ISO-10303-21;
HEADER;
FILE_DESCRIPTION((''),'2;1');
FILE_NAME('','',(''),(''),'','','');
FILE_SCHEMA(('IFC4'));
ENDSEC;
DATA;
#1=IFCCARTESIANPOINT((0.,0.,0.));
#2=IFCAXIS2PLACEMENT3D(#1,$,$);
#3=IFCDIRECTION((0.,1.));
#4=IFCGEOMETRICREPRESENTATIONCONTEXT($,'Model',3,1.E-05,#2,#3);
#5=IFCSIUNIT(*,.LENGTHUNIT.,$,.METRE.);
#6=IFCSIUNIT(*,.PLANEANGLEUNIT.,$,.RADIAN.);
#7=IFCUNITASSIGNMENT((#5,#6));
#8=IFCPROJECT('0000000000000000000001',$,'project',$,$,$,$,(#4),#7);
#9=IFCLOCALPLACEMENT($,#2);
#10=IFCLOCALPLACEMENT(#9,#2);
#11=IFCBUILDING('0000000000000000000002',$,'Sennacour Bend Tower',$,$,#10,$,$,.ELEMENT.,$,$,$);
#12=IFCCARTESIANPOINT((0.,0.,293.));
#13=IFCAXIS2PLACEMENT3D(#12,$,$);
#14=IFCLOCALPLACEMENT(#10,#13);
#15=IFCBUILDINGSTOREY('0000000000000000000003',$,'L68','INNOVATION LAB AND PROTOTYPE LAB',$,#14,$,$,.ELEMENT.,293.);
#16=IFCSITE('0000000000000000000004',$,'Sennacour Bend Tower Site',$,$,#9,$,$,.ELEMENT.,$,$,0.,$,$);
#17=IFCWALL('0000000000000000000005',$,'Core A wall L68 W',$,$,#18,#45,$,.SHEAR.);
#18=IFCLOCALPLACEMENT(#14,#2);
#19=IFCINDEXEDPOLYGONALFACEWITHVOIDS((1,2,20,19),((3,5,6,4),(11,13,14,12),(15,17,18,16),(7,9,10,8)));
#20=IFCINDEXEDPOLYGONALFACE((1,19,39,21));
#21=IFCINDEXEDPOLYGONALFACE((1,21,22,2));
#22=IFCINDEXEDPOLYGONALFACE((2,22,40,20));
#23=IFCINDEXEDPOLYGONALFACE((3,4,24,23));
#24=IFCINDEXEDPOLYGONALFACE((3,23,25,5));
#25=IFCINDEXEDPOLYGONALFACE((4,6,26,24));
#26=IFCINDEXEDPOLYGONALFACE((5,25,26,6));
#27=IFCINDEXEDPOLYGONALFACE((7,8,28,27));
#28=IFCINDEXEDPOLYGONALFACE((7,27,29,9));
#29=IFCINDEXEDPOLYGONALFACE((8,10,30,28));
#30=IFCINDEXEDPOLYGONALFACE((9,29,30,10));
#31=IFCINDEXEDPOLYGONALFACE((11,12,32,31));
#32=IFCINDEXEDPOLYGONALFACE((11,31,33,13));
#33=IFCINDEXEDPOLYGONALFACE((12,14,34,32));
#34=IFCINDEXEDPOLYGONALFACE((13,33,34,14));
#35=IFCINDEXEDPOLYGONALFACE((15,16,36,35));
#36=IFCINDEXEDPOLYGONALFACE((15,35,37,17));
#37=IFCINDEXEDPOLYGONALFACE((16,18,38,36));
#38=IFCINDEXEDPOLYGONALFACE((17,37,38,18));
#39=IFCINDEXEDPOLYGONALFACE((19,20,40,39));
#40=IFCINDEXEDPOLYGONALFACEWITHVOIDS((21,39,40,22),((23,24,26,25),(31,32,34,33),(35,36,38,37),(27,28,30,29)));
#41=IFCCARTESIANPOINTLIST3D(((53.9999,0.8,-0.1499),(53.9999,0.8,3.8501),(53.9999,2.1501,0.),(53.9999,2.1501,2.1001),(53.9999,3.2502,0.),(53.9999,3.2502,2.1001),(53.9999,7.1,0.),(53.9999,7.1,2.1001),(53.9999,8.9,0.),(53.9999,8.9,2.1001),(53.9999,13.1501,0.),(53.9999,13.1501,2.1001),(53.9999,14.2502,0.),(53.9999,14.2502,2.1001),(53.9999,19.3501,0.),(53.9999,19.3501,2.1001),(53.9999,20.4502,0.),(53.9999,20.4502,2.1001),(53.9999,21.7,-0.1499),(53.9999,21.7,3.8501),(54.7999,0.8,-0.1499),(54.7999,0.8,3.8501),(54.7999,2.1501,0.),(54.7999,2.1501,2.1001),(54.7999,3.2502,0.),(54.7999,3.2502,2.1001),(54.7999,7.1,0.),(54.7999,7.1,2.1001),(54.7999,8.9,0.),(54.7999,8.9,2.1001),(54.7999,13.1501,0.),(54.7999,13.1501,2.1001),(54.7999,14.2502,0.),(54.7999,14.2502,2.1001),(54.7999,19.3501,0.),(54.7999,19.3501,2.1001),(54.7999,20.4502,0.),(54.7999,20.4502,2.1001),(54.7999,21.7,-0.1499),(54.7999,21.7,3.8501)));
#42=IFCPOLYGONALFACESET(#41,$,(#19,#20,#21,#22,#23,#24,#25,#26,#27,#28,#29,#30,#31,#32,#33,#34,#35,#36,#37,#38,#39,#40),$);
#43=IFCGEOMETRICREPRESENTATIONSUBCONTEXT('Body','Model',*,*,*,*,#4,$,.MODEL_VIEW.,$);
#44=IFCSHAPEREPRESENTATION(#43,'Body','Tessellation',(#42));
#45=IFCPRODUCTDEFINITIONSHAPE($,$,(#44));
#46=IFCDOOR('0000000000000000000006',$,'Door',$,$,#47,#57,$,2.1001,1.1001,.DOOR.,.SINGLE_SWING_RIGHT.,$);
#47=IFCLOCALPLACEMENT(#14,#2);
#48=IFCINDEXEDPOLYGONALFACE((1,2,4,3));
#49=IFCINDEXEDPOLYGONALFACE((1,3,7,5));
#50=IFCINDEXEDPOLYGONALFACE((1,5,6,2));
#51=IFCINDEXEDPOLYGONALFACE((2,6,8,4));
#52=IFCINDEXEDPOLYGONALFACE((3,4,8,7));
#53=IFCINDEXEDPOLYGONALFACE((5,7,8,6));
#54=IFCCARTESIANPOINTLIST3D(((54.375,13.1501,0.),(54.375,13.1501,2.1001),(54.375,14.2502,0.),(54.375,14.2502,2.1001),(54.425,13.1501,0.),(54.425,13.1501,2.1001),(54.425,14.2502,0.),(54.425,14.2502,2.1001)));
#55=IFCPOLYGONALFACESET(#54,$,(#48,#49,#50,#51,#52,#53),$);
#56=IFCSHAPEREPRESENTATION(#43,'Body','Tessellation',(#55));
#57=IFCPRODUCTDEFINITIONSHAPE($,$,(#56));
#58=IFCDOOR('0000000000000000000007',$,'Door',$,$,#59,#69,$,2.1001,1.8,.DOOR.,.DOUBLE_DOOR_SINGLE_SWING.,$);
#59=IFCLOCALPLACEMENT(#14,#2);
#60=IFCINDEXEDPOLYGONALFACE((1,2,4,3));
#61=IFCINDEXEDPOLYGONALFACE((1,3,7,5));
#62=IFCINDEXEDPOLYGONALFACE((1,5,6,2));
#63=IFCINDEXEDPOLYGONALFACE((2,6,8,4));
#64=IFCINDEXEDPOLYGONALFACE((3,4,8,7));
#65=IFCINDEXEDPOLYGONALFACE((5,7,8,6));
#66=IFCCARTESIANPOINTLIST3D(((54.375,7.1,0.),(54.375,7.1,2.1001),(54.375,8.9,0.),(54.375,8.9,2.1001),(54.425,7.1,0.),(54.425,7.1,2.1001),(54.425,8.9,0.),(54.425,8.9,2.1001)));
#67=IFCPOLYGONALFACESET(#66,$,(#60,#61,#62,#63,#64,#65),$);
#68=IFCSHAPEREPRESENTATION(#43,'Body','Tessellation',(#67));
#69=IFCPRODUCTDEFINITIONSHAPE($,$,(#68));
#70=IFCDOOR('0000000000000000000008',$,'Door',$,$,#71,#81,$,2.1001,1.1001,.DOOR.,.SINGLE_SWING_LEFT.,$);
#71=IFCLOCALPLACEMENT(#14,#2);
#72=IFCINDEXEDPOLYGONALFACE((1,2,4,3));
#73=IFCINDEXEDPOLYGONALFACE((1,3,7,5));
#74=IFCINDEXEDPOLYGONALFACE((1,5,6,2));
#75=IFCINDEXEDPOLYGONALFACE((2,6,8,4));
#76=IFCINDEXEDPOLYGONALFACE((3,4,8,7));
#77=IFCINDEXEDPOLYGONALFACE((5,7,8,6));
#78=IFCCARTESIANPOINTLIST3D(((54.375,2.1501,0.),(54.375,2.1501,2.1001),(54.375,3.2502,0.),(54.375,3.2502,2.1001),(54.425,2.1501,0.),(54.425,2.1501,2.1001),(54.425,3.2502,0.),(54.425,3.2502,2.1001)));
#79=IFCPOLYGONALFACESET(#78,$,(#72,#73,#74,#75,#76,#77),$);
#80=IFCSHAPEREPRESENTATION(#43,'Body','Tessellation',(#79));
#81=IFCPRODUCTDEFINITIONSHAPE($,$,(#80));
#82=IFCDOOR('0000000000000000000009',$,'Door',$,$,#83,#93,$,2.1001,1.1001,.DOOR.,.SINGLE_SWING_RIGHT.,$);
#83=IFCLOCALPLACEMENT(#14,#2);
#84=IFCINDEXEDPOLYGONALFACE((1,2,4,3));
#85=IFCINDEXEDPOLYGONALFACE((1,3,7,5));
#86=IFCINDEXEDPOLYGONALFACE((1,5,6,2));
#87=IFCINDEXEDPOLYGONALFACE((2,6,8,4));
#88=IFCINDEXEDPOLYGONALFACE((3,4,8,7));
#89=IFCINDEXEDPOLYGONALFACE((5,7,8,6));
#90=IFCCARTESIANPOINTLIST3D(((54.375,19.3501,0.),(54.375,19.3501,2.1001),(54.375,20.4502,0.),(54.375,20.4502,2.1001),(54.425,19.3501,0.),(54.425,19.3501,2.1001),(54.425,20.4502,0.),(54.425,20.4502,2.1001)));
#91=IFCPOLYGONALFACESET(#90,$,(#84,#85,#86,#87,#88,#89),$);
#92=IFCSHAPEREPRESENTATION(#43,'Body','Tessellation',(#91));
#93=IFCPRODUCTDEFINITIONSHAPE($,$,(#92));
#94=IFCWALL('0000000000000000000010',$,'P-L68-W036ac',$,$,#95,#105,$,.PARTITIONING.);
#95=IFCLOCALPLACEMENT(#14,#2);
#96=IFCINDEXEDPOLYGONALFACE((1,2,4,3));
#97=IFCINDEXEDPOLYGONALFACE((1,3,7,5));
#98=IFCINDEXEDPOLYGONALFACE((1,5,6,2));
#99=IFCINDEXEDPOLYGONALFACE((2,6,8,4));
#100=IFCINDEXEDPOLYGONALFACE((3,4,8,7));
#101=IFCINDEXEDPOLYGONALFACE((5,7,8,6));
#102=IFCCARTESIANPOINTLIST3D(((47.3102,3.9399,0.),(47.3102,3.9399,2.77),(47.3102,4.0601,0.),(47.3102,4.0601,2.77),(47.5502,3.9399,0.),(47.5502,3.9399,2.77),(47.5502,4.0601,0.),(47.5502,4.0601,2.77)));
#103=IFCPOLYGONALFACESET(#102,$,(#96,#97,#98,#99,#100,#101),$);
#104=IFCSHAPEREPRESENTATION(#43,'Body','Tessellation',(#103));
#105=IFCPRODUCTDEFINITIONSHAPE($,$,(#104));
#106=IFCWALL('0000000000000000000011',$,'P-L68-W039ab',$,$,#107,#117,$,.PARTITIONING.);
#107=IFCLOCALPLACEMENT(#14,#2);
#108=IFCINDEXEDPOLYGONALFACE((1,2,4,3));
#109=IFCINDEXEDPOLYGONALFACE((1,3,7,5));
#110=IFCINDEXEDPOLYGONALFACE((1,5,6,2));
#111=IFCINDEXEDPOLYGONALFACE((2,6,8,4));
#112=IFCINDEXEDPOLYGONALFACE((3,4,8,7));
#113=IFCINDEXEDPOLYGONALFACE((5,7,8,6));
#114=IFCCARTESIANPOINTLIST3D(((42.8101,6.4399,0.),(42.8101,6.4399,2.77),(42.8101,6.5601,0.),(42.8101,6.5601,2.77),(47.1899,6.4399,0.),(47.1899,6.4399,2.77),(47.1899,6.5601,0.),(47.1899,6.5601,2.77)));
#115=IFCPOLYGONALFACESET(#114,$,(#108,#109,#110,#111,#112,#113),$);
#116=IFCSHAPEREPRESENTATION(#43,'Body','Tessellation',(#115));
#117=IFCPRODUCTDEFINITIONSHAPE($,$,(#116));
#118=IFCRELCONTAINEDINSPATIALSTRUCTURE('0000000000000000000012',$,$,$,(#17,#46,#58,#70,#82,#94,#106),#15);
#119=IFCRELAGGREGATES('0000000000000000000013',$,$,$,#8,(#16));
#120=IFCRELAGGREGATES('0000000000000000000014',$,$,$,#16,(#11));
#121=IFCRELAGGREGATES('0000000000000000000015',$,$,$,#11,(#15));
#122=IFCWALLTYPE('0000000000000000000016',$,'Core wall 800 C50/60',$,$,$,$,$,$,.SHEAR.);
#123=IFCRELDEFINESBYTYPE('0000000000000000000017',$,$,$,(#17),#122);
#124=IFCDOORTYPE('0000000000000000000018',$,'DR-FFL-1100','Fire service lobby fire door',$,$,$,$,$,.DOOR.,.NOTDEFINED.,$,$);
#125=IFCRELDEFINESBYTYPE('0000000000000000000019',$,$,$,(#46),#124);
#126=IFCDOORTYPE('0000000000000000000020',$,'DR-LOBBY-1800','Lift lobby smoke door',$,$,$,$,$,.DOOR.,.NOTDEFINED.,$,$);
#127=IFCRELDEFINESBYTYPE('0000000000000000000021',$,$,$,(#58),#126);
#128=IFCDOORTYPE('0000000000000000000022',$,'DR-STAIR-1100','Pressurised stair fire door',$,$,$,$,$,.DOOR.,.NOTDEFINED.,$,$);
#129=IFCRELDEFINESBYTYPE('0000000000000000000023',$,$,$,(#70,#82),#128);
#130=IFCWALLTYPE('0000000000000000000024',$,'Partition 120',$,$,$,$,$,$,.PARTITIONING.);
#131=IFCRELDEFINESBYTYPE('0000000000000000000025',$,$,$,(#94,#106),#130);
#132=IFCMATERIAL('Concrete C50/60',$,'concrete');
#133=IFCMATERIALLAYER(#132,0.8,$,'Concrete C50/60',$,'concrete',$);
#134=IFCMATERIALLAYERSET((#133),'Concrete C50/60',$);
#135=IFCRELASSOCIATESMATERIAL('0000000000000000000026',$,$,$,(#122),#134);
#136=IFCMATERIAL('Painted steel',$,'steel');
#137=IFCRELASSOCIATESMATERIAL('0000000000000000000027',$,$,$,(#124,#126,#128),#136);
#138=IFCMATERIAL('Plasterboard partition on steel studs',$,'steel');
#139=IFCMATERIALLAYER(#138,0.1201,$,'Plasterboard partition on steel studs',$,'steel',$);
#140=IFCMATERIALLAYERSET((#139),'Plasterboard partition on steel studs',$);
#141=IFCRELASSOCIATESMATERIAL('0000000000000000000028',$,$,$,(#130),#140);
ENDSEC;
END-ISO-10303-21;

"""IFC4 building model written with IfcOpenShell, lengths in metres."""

from ifc_helpers import new_model, si_unit, direction, frame, frame_2d, origin, place, context, subcontext, project, spatial, rectangle, extrude, material, layer, layer_set, type_object, element, fill, save


model = new_model("IFC4")

# Units and contexts
model_context = context("Model", 3, precision=1e-05, world=origin(), true_north=direction((0.0, 1.0)))
body_context = subcontext(model_context, "Body", "Model", "MODEL_VIEW")
ifc_project = project(units=[si_unit("LENGTHUNIT", "METRE"), si_unit("PLANEANGLEUNIT", "RADIAN")], contexts=[model_context])

# Site, building, storey
site_placement = place(None, origin())
site = spatial("IfcSite", under=ifc_project, at=site_placement, Name="Sennacour Bend Tower Site", CompositionType="ELEMENT", RefElevation=0.0)
building_placement = place(site_placement, origin())
building = spatial("IfcBuilding", under=site, at=building_placement, Name="Sennacour Bend Tower", CompositionType="ELEMENT")
storey_placement = place(building_placement, frame((0.0, 0.0, 293.0)))
storey = spatial("IfcBuildingStorey", under=building, at=storey_placement, Name="L68", Description="INNOVATION LAB AND PROTOTYPE LAB", CompositionType="ELEMENT", Elevation=293.0)

# Wall, openings, doors
ifc_material_1 = material(Name="Concrete C50/60", Category="concrete")
ifc_layer_1 = layer(ifc_material_1, 0.8, Name="Concrete C50/60", Category="concrete")
ifc_layer_set_1 = layer_set([ifc_layer_1], Name="Concrete C50/60")
wall_type_1 = type_object("IfcWallType", Name="Core wall 800 C50/60", PredefinedType="SHEAR", material=ifc_layer_set_1)
wall_1_placement = place(storey_placement, frame((54.3999, 0.8, -0.1499), z_axis=(0.0, 0.0, 1.0), x_axis=(0.0, 1.0, 0.0)))
wall_1 = element("IfcWall", 1, at=wall_1_placement, inside=storey, type_object=wall_type_1, Name="Core A wall L68 W", PredefinedType="SHEAR", context=body_context, shape_type="SweptSolid", body=[
    extrude(rectangle(XDim=20.8999, YDim=0.8, at=frame_2d((10.45, 0.0))), origin(), (0.0, 0.0, 1.0), 4.0),
])
opening_1_placement = place(wall_1_placement, frame((6.3, 0.0, 0.1499)))
opening_1 = element("IfcOpeningElement", 2, at=opening_1_placement, cuts=wall_1, PredefinedType="OPENING", context=body_context, shape_type="SweptSolid", body=[
    extrude(rectangle(XDim=1.8, YDim=2.1001, at=frame_2d((0.8999, 1.05))), frame((0.0, 0.4102, 0.0), z_axis=(0.0, -1.0, 0.0), x_axis=(1.0, 0.0, 0.0)), (0.0, 0.0, 1.0), 0.8201),
])
opening_2_placement = place(wall_1_placement, frame((12.3501, 0.0, 0.1499)))
opening_2 = element("IfcOpeningElement", 3, at=opening_2_placement, cuts=wall_1, PredefinedType="OPENING", context=body_context, shape_type="SweptSolid", body=[
    extrude(rectangle(XDim=1.1001, YDim=2.1001, at=frame_2d((0.55, 1.05))), frame((0.0, 0.4102, 0.0), z_axis=(0.0, -1.0, 0.0), x_axis=(1.0, 0.0, 0.0)), (0.0, 0.0, 1.0), 0.8201),
])
opening_3_placement = place(wall_1_placement, frame((1.3501, 0.0, 0.1499)))
opening_3 = element("IfcOpeningElement", 4, at=opening_3_placement, cuts=wall_1, PredefinedType="OPENING", context=body_context, shape_type="SweptSolid", body=[
    extrude(rectangle(XDim=1.1001, YDim=2.1001, at=frame_2d((0.55, 1.05))), frame((0.0, 0.4102, 0.0), z_axis=(0.0, -1.0, 0.0), x_axis=(1.0, 0.0, 0.0)), (0.0, 0.0, 1.0), 0.8201),
])
opening_4_placement = place(wall_1_placement, frame((18.55, 0.0, 0.1499)))
opening_4 = element("IfcOpeningElement", 5, at=opening_4_placement, cuts=wall_1, PredefinedType="OPENING", context=body_context, shape_type="SweptSolid", body=[
    extrude(rectangle(XDim=1.1001, YDim=2.1001, at=frame_2d((0.55, 1.05))), frame((0.0, 0.4102, 0.0), z_axis=(0.0, -1.0, 0.0), x_axis=(1.0, 0.0, 0.0)), (0.0, 0.0, 1.0), 0.8201),
])
ifc_material_2 = material(Name="Painted steel", Category="steel")
door_type_1 = type_object("IfcDoorType", Name="DR-FFL-1100", Description="Fire service lobby fire door", OperationType="NOTDEFINED", PredefinedType="DOOR", material=ifc_material_2)
door_1_placement = place(opening_2_placement, origin())
door_1 = element("IfcDoor", 6, at=door_1_placement, inside=storey, type_object=door_type_1, Name="Door", OperationType="SINGLE_SWING_RIGHT", OverallHeight=2.1001, OverallWidth=1.1001, PredefinedType="DOOR", context=body_context, shape_type="SweptSolid", body=[
    extrude(rectangle(XDim=1.1001, YDim=2.1001, at=frame_2d((0.55, 1.05))), frame((0.0, 0.0249, 0.0), z_axis=(0.0, -1.0, 0.0), x_axis=(1.0, 0.0, 0.0)), (0.0, 0.0, 1.0), 0.05),
])
fill(opening_2, door_1)
door_type_2 = type_object("IfcDoorType", Name="DR-LOBBY-1800", Description="Lift lobby smoke door", OperationType="NOTDEFINED", PredefinedType="DOOR", material=ifc_material_2)
door_2_placement = place(opening_1_placement, origin())
door_2 = element("IfcDoor", 7, at=door_2_placement, inside=storey, type_object=door_type_2, Name="Door", OperationType="DOUBLE_DOOR_SINGLE_SWING", OverallHeight=2.1001, OverallWidth=1.8, PredefinedType="DOOR", context=body_context, shape_type="SweptSolid", body=[
    extrude(rectangle(XDim=1.8, YDim=2.1001, at=frame_2d((0.8999, 1.05))), frame((0.0, 0.0249, 0.0), z_axis=(0.0, -1.0, 0.0), x_axis=(1.0, 0.0, 0.0)), (0.0, 0.0, 1.0), 0.05),
])
fill(opening_1, door_2)
door_type_3 = type_object("IfcDoorType", Name="DR-STAIR-1100", Description="Pressurised stair fire door", OperationType="NOTDEFINED", PredefinedType="DOOR", material=ifc_material_2)
door_3_placement = place(opening_3_placement, origin())
door_3 = element("IfcDoor", 8, at=door_3_placement, inside=storey, type_object=door_type_3, Name="Door", OperationType="SINGLE_SWING_LEFT", OverallHeight=2.1001, OverallWidth=1.1001, PredefinedType="DOOR", context=body_context, shape_type="SweptSolid", body=[
    extrude(rectangle(XDim=1.1001, YDim=2.1001, at=frame_2d((0.55, 1.05))), frame((0.0, 0.0249, 0.0), z_axis=(0.0, -1.0, 0.0), x_axis=(1.0, 0.0, 0.0)), (0.0, 0.0, 1.0), 0.05),
])
fill(opening_3, door_3)
door_4_placement = place(opening_4_placement, origin())
door_4 = element("IfcDoor", 9, at=door_4_placement, inside=storey, type_object=door_type_3, Name="Door", OperationType="SINGLE_SWING_RIGHT", OverallHeight=2.1001, OverallWidth=1.1001, PredefinedType="DOOR", context=body_context, shape_type="SweptSolid", body=[
    extrude(rectangle(XDim=1.1001, YDim=2.1001, at=frame_2d((0.55, 1.05))), frame((0.0, 0.0249, 0.0), z_axis=(0.0, -1.0, 0.0), x_axis=(1.0, 0.0, 0.0)), (0.0, 0.0, 1.0), 0.05),
])
fill(opening_4, door_4)

# Walls
ifc_material_3 = material(Name="Plasterboard partition on steel studs", Category="steel")
ifc_layer_2 = layer(ifc_material_3, 0.1201, Name="Plasterboard partition on steel studs", Category="steel")
ifc_layer_set_2 = layer_set([ifc_layer_2], Name="Plasterboard partition on steel studs")
wall_type_2 = type_object("IfcWallType", Name="Partition 120", PredefinedType="PARTITIONING", material=ifc_layer_set_2)
wall_2_placement = place(storey_placement, frame((47.3101, 4.0, 0.0), z_axis=(0.0, 0.0, 1.0), x_axis=(1.0, 0.0, 0.0)))
element("IfcWall", 10, at=wall_2_placement, inside=storey, type_object=wall_type_2, Name="P-L68-W036ac", PredefinedType="PARTITIONING", context=body_context, shape_type="SweptSolid", body=[
    extrude(rectangle(XDim=0.24, YDim=0.1201, at=frame_2d((0.1201, 0.0))), origin(), (0.0, 0.0, 1.0), 2.77),
])
wall_3_placement = place(storey_placement, frame((42.8101, 6.5, 0.0), z_axis=(0.0, 0.0, 1.0), x_axis=(1.0, 0.0, 0.0)))
element("IfcWall", 11, at=wall_3_placement, inside=storey, type_object=wall_type_2, Name="P-L68-W039ab", PredefinedType="PARTITIONING", context=body_context, shape_type="SweptSolid", body=[
    extrude(rectangle(XDim=4.3799, YDim=0.1201, at=frame_2d((2.1899, 0.0))), origin(), (0.0, 0.0, 1.0), 2.77),
])

save(model, "model.ifc")
